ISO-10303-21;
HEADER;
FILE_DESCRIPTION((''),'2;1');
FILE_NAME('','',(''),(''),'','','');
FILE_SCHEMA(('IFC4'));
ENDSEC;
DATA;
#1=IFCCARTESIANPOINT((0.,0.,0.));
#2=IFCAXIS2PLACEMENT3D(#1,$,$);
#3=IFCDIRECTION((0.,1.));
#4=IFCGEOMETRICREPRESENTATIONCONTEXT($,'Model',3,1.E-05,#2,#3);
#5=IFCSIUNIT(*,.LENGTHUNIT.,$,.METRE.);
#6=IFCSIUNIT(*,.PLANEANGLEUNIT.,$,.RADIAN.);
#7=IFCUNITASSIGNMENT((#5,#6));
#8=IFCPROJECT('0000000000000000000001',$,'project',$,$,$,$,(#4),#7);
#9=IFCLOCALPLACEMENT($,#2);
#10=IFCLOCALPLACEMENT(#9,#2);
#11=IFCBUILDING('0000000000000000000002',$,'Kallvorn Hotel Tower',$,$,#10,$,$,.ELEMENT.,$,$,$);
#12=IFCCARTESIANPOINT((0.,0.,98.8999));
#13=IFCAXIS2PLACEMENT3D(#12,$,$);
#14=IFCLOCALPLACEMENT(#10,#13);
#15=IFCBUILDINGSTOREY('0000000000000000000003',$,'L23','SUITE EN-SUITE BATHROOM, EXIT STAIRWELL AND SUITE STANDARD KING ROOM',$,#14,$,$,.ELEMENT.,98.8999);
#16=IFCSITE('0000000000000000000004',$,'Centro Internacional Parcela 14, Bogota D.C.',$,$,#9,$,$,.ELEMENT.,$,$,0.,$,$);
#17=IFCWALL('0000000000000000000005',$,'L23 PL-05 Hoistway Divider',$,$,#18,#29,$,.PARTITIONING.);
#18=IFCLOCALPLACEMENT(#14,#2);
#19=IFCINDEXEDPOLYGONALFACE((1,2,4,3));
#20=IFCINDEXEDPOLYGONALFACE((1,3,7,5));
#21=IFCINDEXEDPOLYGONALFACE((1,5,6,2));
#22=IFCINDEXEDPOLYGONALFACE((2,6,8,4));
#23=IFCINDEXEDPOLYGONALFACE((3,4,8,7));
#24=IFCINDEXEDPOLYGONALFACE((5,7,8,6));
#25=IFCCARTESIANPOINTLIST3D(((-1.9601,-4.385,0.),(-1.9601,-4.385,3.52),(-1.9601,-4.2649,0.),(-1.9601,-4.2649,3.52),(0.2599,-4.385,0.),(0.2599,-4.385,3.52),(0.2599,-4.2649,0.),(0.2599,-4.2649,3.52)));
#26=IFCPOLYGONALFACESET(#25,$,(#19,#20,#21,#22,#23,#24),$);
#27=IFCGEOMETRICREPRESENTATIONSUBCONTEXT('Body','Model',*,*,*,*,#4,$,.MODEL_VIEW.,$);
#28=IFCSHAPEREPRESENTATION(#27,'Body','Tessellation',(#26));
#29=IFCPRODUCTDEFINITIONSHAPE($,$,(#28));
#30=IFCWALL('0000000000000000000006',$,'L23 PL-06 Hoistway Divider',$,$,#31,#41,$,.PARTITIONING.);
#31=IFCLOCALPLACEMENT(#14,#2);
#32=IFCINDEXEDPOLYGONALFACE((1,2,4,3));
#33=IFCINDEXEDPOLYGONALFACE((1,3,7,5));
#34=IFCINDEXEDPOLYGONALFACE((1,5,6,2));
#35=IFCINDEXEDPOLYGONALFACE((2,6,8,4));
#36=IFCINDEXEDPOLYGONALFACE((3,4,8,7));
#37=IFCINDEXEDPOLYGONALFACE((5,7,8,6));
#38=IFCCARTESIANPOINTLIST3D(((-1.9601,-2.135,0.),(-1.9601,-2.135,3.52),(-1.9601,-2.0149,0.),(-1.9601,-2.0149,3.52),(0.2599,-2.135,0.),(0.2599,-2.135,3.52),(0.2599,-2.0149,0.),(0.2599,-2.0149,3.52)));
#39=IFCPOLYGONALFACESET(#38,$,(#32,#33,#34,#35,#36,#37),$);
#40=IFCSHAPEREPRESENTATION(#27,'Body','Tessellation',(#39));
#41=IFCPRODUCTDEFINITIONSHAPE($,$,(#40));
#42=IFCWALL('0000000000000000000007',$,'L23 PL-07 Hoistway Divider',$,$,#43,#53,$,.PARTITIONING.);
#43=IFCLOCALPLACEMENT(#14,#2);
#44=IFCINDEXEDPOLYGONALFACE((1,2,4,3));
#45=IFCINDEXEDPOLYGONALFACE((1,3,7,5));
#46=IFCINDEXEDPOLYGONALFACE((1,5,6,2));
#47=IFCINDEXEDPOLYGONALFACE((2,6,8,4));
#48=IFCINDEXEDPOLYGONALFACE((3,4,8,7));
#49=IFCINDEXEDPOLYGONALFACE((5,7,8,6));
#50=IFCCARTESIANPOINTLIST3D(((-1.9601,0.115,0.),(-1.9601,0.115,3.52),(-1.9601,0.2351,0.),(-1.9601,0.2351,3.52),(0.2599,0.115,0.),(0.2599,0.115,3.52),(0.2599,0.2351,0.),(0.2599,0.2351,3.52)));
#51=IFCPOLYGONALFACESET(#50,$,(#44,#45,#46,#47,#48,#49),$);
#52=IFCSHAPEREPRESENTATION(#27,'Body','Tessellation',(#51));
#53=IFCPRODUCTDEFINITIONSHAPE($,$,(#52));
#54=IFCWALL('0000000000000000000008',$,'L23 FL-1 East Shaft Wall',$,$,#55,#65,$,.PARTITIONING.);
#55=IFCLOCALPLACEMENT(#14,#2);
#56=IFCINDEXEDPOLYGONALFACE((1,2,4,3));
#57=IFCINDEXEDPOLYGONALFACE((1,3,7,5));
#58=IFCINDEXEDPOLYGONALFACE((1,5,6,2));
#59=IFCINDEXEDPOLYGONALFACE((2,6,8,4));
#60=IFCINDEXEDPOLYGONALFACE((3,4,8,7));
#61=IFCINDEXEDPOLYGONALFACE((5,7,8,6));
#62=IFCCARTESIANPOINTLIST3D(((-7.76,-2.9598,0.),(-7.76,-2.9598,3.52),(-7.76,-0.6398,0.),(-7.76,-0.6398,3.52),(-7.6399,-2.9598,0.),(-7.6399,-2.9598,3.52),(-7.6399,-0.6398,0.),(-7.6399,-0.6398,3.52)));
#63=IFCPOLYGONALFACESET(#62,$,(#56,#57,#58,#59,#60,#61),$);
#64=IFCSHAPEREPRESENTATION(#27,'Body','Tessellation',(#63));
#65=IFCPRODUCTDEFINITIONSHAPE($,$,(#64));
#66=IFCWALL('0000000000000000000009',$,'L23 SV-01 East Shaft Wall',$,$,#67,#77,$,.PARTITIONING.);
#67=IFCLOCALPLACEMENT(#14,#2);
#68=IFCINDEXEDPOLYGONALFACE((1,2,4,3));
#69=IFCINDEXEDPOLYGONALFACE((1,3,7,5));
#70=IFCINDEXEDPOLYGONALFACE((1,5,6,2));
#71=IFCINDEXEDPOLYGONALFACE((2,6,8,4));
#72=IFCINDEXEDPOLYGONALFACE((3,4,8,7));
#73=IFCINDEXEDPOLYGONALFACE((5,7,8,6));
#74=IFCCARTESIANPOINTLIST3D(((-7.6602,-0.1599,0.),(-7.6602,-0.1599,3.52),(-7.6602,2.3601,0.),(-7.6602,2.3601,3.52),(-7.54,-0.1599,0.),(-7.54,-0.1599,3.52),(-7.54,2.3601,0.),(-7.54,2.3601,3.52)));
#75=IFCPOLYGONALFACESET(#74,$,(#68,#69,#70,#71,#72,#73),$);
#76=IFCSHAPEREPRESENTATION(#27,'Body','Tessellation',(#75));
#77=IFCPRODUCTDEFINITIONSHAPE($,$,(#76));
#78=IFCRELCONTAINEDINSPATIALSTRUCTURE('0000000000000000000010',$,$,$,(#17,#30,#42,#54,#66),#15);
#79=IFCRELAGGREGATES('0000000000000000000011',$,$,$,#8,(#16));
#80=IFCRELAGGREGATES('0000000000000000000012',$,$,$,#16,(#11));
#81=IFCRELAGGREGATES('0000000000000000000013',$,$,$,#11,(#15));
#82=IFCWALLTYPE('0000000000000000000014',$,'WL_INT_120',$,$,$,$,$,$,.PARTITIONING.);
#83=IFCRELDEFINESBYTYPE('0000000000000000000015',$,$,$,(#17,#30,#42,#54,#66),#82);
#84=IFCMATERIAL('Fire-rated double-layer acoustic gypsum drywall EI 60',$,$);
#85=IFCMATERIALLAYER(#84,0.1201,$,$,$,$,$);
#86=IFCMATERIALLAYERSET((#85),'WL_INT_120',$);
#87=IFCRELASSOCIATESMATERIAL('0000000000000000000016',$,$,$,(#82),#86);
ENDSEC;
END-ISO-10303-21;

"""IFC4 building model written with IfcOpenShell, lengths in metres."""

from ifc_helpers import new_model, si_unit, direction, frame, frame_2d, origin, place, context, subcontext, project, spatial, rectangle, extrude, material, layer, layer_set, type_object, element, save


model = new_model("IFC4")

# Units and contexts
model_context = context("Model", 3, precision=1e-05, world=origin(), true_north=direction((0.0, 1.0)))
body_context = subcontext(model_context, "Body", "Model", "MODEL_VIEW")
ifc_project = project(units=[si_unit("LENGTHUNIT", "METRE"), si_unit("PLANEANGLEUNIT", "RADIAN")], contexts=[model_context])

# Site, building, storey
site_placement = place(None, origin())
site = spatial("IfcSite", under=ifc_project, at=site_placement, Name="Centro Internacional Parcela 14, Bogota D.C.", CompositionType="ELEMENT", RefElevation=0.0)
building_placement = place(site_placement, origin())
building = spatial("IfcBuilding", under=site, at=building_placement, Name="Kallvorn Hotel Tower", CompositionType="ELEMENT")
storey_placement = place(building_placement, frame((0.0, 0.0, 98.8999)))
storey = spatial("IfcBuildingStorey", under=building, at=storey_placement, Name="L23", Description="SUITE EN-SUITE BATHROOM, EXIT STAIRWELL AND SUITE STANDARD KING ROOM", CompositionType="ELEMENT", Elevation=98.8999)

# Walls
ifc_material_1 = material(Name="Fire-rated double-layer acoustic gypsum drywall EI 60")
ifc_layer_1 = layer(ifc_material_1, 0.1201)
ifc_layer_set_1 = layer_set([ifc_layer_1], Name="WL_INT_120")
wall_type_1 = type_object("IfcWallType", Name="WL_INT_120", PredefinedType="PARTITIONING", material=ifc_layer_set_1)
for number, where, z_axis, x_axis, name in (
    (1, (-1.96, -4.325, 0.0), (0.0, 0.0, 1.0), (1.0, 0.0, 0.0), "L23 PL-05 Hoistway Divider"),
    (2, (-1.96, -2.075, 0.0), (0.0, 0.0, 1.0), (1.0, 0.0, 0.0), "L23 PL-06 Hoistway Divider"),
    (3, (-1.96, 0.175, 0.0), (0.0, 0.0, 1.0), (1.0, 0.0, 0.0), "L23 PL-07 Hoistway Divider"),
):
    element("IfcWall", number, at=place(storey_placement, frame(where, z_axis=z_axis, x_axis=x_axis)), inside=storey, type_object=wall_type_1, Name=name, PredefinedType="PARTITIONING", context=body_context, shape_type="SweptSolid", body=[
        extrude(rectangle(XDim=2.22, YDim=0.1201, at=frame_2d((1.1099, 0.0))), origin(), (0.0, 0.0, 1.0), 3.52),
    ])
wall_1_placement = place(storey_placement, frame((-7.7, -2.96, 0.0), z_axis=(0.0, 0.0, 1.0), x_axis=(0.0, 1.0, 0.0)))
element("IfcWall", 4, at=wall_1_placement, inside=storey, type_object=wall_type_1, Name="L23 FL-1 East Shaft Wall", PredefinedType="PARTITIONING", context=body_context, shape_type="SweptSolid", body=[
    extrude(rectangle(XDim=2.3201, YDim=0.1201, at=frame_2d((1.1602, 0.0))), origin(), (0.0, 0.0, 1.0), 3.52),
])
wall_2_placement = place(storey_placement, frame((-7.6001, -0.1599, 0.0), z_axis=(0.0, 0.0, 1.0), x_axis=(0.0, 1.0, 0.0)))
element("IfcWall", 5, at=wall_2_placement, inside=storey, type_object=wall_type_1, Name="L23 SV-01 East Shaft Wall", PredefinedType="PARTITIONING", context=body_context, shape_type="SweptSolid", body=[
    extrude(rectangle(XDim=2.52, YDim=0.1201, at=frame_2d((1.26, 0.0))), origin(), (0.0, 0.0, 1.0), 3.52),
])

save(model, "model.ifc")
